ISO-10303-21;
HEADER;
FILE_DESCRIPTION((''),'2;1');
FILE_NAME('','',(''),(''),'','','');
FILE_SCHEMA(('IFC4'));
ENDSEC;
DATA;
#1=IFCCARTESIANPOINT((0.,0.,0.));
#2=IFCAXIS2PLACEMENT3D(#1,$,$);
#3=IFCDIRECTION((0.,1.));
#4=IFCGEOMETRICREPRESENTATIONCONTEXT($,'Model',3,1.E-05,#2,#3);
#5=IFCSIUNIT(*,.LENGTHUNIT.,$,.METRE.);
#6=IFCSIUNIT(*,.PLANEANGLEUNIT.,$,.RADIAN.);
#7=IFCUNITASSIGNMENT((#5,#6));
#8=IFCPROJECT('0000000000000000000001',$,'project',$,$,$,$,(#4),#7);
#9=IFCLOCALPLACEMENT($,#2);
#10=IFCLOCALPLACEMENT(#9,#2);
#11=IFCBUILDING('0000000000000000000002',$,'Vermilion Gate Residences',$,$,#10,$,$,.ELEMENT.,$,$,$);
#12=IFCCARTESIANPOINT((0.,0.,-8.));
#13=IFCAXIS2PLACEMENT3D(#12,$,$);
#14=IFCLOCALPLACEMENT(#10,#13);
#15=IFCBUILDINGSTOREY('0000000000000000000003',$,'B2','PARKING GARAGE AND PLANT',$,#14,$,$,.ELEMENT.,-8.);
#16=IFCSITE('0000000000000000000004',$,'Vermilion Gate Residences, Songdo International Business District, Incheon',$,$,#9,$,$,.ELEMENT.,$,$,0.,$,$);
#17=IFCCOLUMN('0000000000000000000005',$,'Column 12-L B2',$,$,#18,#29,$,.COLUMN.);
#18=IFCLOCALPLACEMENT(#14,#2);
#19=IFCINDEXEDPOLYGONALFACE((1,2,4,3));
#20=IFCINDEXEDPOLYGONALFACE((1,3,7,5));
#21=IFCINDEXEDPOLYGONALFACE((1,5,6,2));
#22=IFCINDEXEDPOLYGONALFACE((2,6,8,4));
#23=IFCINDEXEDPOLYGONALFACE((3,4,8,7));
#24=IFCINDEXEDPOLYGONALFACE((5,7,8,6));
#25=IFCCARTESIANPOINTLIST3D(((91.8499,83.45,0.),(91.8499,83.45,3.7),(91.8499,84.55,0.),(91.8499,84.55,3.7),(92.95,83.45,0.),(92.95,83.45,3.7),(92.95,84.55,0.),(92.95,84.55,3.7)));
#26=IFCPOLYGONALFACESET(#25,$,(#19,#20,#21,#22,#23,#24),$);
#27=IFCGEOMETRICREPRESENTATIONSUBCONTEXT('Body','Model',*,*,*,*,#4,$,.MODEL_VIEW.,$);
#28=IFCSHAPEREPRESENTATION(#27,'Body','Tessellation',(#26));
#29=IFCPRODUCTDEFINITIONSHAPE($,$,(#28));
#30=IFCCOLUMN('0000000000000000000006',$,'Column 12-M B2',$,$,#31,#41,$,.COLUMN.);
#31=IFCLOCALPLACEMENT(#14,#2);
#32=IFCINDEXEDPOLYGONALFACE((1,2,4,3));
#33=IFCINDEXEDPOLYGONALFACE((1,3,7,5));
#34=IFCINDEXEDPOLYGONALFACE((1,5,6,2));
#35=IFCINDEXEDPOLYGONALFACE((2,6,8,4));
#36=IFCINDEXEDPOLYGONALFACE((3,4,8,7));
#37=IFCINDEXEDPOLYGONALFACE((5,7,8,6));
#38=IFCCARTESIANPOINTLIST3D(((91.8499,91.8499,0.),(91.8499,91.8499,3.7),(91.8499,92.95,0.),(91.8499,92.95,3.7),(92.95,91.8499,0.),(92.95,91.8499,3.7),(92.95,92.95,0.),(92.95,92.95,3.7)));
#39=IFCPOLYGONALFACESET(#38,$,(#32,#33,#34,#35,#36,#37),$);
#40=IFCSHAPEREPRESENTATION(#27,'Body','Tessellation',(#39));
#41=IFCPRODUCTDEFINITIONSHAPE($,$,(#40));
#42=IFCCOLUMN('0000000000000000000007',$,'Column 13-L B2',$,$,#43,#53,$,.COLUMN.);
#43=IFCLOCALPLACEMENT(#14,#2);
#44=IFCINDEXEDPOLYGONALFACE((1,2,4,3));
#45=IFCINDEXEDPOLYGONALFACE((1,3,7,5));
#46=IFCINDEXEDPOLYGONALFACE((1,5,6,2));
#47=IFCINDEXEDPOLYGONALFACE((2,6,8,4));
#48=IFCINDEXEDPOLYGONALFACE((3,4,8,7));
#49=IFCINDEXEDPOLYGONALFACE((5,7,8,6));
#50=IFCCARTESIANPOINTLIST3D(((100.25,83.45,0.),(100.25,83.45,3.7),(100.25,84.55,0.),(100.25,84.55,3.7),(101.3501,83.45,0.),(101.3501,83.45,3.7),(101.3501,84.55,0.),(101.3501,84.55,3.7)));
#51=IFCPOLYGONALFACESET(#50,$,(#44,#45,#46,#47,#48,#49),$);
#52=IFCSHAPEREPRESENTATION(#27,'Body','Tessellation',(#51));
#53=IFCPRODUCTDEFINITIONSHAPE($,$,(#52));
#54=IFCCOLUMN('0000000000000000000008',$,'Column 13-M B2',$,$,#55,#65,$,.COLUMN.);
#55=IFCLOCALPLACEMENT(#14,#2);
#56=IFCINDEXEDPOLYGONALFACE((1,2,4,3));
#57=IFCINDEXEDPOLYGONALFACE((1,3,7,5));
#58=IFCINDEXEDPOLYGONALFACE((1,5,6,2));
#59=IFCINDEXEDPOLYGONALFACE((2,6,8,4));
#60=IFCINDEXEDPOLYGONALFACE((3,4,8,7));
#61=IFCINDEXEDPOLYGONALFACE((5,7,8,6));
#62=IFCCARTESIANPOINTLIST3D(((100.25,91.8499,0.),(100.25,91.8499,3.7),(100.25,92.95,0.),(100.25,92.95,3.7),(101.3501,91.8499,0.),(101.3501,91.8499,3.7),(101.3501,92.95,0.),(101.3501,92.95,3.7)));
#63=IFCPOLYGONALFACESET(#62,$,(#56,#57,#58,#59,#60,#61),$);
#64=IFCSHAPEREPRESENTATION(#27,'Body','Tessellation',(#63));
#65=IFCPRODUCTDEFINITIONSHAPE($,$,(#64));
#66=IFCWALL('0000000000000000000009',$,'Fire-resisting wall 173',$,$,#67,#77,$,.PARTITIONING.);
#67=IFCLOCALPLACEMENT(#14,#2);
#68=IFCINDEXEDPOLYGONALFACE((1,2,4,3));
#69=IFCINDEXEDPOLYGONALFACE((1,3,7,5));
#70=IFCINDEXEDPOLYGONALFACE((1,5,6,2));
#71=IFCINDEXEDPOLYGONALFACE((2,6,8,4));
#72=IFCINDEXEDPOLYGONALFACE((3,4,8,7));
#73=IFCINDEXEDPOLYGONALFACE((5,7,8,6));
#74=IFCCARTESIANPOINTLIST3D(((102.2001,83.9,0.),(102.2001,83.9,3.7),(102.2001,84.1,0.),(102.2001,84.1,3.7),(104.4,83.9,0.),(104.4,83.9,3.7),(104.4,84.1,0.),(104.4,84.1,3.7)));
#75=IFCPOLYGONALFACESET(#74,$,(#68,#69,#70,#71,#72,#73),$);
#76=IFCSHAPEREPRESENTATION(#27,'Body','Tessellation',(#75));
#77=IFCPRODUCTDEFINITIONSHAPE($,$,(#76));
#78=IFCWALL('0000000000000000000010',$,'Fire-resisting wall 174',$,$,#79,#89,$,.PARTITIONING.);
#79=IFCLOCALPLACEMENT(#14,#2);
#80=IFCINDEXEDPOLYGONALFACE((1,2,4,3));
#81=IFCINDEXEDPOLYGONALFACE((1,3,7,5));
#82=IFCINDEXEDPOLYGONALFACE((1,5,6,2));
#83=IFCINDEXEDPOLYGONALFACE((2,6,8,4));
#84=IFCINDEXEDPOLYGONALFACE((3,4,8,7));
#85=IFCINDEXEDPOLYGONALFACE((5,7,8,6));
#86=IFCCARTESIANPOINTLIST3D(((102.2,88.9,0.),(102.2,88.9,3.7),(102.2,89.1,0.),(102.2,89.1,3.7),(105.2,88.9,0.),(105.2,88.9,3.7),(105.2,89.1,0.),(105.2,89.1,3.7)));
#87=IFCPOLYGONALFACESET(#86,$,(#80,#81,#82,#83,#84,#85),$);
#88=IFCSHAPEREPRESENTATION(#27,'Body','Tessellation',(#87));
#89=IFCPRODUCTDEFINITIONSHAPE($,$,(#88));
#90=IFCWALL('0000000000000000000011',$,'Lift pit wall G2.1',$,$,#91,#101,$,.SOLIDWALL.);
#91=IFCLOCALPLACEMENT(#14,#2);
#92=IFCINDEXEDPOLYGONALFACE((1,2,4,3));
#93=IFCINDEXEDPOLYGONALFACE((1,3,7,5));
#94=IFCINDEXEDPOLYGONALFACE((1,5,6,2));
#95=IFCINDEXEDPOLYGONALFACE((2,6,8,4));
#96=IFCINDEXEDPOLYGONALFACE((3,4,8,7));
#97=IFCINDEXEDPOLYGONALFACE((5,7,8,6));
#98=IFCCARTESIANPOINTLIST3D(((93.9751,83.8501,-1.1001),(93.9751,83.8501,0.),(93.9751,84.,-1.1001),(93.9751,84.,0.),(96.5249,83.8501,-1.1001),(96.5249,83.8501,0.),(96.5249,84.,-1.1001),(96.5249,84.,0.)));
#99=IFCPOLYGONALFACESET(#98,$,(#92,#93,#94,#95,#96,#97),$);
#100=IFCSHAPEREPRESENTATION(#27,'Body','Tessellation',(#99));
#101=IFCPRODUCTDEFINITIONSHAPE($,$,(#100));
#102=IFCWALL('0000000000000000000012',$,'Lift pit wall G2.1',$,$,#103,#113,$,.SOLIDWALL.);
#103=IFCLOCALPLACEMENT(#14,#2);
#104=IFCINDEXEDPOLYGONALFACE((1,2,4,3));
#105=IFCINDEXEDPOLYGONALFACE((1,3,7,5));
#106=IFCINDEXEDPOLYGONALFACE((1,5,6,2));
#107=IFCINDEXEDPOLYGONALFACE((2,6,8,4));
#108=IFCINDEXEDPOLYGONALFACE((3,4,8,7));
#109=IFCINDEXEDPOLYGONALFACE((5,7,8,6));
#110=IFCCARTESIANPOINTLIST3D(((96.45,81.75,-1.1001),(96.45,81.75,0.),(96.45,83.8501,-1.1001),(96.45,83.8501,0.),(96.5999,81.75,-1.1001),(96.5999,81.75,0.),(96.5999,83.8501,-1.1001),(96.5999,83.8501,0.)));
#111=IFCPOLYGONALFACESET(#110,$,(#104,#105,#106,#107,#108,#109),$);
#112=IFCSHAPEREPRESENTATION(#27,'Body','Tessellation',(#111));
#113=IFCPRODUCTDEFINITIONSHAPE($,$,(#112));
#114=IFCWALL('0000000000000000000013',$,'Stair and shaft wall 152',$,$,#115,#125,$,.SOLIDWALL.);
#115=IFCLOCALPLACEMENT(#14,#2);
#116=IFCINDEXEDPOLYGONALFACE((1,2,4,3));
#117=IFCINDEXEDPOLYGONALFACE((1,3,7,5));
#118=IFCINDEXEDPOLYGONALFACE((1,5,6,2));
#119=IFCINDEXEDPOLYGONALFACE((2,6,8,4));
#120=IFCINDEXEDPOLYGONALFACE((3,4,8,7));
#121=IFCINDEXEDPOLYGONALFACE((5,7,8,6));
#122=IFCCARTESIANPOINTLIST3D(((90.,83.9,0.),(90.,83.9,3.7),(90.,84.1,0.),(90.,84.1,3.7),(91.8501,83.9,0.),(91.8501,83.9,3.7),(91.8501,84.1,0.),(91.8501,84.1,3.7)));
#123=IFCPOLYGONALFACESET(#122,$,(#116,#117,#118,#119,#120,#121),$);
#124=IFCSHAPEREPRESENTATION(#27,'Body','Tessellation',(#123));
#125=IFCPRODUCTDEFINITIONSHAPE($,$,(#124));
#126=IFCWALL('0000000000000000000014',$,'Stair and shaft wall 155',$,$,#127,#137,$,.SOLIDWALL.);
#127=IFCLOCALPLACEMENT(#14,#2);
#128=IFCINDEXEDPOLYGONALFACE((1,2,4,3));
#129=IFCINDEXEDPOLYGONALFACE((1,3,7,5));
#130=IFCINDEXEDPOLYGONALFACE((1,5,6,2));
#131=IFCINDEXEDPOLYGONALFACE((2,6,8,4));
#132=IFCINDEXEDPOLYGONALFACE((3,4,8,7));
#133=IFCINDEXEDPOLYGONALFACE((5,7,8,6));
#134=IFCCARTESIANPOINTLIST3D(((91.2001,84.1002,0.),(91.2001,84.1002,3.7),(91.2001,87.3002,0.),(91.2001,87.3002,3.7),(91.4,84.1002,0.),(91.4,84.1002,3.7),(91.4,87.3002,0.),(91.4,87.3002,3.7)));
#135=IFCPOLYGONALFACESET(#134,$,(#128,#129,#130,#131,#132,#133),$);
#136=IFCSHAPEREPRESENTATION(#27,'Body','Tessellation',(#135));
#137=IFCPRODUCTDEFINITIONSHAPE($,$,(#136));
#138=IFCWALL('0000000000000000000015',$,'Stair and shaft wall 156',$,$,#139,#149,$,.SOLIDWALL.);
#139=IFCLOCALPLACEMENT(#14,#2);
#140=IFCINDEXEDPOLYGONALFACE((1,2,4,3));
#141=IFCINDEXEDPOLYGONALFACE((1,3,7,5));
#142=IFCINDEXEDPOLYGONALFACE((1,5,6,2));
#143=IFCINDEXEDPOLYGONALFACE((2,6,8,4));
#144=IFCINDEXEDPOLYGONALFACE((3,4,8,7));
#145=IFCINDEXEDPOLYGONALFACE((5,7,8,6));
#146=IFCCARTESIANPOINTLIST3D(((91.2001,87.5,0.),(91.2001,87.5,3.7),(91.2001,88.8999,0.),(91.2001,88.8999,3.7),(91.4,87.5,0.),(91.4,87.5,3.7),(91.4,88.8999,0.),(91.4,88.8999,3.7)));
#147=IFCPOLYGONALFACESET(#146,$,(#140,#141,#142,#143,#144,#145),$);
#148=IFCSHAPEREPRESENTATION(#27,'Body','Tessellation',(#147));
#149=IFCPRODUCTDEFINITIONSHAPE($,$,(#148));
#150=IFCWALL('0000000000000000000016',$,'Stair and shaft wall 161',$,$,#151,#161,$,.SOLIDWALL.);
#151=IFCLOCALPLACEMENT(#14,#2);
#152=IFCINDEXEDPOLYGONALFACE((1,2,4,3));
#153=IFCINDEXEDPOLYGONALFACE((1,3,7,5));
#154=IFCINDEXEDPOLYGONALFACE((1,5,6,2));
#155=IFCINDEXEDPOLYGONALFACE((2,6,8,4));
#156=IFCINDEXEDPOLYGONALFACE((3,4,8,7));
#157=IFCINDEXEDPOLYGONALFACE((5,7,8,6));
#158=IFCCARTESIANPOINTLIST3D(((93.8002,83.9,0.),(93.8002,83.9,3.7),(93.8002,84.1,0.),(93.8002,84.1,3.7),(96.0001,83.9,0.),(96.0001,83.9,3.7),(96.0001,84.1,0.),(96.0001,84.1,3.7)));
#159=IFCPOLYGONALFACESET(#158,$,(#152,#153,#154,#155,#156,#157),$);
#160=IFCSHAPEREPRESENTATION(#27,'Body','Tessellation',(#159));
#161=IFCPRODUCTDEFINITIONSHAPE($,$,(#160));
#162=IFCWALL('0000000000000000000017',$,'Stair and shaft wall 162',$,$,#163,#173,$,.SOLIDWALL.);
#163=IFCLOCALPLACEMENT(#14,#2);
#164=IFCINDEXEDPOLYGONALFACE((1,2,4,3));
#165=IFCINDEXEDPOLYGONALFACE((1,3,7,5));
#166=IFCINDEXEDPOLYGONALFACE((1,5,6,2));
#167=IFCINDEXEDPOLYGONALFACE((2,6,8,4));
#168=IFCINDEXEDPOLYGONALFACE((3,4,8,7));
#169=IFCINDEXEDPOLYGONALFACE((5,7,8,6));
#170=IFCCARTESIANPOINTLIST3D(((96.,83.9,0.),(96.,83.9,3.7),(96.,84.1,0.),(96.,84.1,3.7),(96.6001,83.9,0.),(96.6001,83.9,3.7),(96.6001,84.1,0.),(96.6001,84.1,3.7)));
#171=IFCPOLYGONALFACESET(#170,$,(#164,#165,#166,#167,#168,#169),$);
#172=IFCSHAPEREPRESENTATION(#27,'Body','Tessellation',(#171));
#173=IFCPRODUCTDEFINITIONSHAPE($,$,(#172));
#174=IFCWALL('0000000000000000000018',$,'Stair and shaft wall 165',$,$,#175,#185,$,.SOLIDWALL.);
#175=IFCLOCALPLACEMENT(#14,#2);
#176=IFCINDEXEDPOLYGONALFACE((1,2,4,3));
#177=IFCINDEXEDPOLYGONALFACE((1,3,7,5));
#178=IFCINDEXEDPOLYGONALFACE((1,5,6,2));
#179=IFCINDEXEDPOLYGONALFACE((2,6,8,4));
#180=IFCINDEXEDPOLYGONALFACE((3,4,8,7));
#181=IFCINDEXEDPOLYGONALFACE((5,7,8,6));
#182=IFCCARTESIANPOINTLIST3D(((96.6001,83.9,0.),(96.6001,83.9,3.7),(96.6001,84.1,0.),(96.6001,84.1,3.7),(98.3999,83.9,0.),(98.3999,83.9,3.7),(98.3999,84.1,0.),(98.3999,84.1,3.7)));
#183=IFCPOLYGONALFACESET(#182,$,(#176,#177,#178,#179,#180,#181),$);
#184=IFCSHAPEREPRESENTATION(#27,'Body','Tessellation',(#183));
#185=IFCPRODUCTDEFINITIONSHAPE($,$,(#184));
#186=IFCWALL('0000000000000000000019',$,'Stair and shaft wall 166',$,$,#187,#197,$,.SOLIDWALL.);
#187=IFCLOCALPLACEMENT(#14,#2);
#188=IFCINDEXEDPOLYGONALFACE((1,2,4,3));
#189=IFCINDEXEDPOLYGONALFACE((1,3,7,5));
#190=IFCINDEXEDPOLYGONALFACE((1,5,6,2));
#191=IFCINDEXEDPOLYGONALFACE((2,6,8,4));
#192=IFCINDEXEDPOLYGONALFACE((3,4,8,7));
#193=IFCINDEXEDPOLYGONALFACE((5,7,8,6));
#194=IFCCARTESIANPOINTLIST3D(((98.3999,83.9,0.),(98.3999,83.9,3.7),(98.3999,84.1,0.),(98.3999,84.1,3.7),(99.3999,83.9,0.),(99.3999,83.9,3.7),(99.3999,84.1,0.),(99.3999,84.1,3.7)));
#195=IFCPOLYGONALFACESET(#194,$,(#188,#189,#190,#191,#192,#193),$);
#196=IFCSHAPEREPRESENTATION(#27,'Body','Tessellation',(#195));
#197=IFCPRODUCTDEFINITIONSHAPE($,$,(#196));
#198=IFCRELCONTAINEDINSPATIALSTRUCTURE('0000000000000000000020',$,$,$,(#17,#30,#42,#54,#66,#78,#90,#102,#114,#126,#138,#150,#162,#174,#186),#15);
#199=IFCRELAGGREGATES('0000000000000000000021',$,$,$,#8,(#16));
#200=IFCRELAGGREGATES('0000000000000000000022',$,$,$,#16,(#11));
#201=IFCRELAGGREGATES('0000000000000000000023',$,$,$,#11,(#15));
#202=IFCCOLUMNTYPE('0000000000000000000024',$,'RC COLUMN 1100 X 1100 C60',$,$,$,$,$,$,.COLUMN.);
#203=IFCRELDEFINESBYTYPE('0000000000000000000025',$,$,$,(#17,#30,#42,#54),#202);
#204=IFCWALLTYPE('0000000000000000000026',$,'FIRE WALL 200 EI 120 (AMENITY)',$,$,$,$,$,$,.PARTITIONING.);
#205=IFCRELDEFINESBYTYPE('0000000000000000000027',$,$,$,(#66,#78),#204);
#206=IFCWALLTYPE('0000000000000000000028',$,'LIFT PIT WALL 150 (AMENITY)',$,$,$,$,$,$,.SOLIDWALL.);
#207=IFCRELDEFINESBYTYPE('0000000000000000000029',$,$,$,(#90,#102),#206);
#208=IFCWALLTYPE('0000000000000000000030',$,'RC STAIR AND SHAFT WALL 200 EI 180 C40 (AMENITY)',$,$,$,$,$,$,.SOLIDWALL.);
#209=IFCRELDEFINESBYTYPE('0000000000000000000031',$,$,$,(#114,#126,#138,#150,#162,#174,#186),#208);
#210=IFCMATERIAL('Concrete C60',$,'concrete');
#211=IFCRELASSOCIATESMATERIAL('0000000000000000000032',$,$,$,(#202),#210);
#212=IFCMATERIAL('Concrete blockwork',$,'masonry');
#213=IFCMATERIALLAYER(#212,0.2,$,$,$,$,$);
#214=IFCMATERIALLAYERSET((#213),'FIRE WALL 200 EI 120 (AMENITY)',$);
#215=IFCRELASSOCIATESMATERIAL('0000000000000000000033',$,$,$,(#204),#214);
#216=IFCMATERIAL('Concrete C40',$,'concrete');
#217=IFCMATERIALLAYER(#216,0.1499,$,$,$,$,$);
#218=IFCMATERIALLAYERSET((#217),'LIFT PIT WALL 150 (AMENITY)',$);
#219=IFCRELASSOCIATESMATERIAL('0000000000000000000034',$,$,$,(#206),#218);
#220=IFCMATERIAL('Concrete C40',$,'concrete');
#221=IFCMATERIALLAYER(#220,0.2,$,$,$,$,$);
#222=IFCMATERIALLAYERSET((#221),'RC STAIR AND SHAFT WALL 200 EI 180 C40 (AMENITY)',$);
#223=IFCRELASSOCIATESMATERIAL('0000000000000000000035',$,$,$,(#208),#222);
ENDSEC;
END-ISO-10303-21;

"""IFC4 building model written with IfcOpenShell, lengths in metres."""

from ifc_helpers import new_model, si_unit, direction, frame, frame_2d, origin, origin_2d, place, context, subcontext, project, spatial, rectangle, extrude, material, layer, layer_set, material_profile, profile_set, type_object, element, save


model = new_model("IFC4")

# Units and contexts
model_context = context("Model", 3, precision=1e-05, world=origin(), true_north=direction((0.0, 1.0)))
body_context = subcontext(model_context, "Body", "Model", "MODEL_VIEW")
ifc_project = project(units=[si_unit("LENGTHUNIT", "METRE"), si_unit("PLANEANGLEUNIT", "RADIAN")], contexts=[model_context])

# Site, building, storey
site_placement = place(None, origin())
site = spatial("IfcSite", under=ifc_project, at=site_placement, Name="Vermilion Gate Residences, Songdo International Business District, Incheon", CompositionType="ELEMENT", RefElevation=0.0)
building_placement = place(site_placement, origin())
building = spatial("IfcBuilding", under=site, at=building_placement, Name="Vermilion Gate Residences", CompositionType="ELEMENT")
storey_placement = place(building_placement, frame((0.0, 0.0, -8.0)))
storey = spatial("IfcBuildingStorey", under=building, at=storey_placement, Name="B2", Description="PARKING GARAGE AND PLANT", CompositionType="ELEMENT", Elevation=-8.0)

# Columns
ifc_material_1 = material(Name="Concrete C60", Category="concrete")
ifc_material_profile_1 = material_profile(ifc_material_1, rectangle(XDim=1.1001, YDim=1.1001, at=origin_2d()), Name="RC-1100x1100")
ifc_profile_set_1 = profile_set([ifc_material_profile_1], Name="Concrete C60")
column_type = type_object("IfcColumnType", Name="RC COLUMN 1100 X 1100 C60", PredefinedType="COLUMN", material=ifc_profile_set_1)
for number, where, z_axis, x_axis, name in (
    (1, (92.3999, 84.0, 0.0), (0.0, 0.0, 1.0), (1.0, 0.0, 0.0), "Column 12-L B2"),
    (2, (92.3999, 92.3999, 0.0), (0.0, 0.0, 1.0), (1.0, 0.0, 0.0), "Column 12-M B2"),
    (3, (100.8, 84.0, 0.0), (0.0, 0.0, 1.0), (1.0, 0.0, 0.0), "Column 13-L B2"),
    (4, (100.8, 92.3999, 0.0), (0.0, 0.0, 1.0), (1.0, 0.0, 0.0), "Column 13-M B2"),
):
    element("IfcColumn", number, at=place(storey_placement, frame(where, z_axis=z_axis, x_axis=x_axis)), inside=storey, type_object=column_type, Name=name, PredefinedType="COLUMN", context=body_context, shape_type="SweptSolid", body=[
        extrude(rectangle(XDim=1.1001, YDim=1.1001, at=origin_2d()), origin(), (0.0, 0.0, 1.0), 3.7),
    ])

# Walls
ifc_material_2 = material(Name="Concrete blockwork", Category="masonry")
ifc_layer_1 = layer(ifc_material_2, 0.2)
ifc_layer_set_1 = layer_set([ifc_layer_1], Name="FIRE WALL 200 EI 120 (AMENITY)")
wall_type_1 = type_object("IfcWallType", Name="FIRE WALL 200 EI 120 (AMENITY)", PredefinedType="PARTITIONING", material=ifc_layer_set_1)
wall_1_placement = place(storey_placement, frame((102.2, 84.0, 0.0), z_axis=(0.0, 0.0, 1.0), x_axis=(1.0, 0.0, 0.0)))
element("IfcWall", 5, at=wall_1_placement, inside=storey, type_object=wall_type_1, Name="Fire-resisting wall 173", PredefinedType="PARTITIONING", context=body_context, shape_type="SweptSolid", body=[
    extrude(rectangle(XDim=2.2, YDim=0.2, at=frame_2d((1.1001, 0.0))), origin(), (0.0, 0.0, 1.0), 3.7),
])
wall_2_placement = place(storey_placement, frame((102.2, 89.0, 0.0), z_axis=(0.0, 0.0, 1.0), x_axis=(1.0, 0.0, 0.0)))
element("IfcWall", 6, at=wall_2_placement, inside=storey, type_object=wall_type_1, Name="Fire-resisting wall 174", PredefinedType="PARTITIONING", context=body_context, shape_type="SweptSolid", body=[
    extrude(rectangle(XDim=3.0, YDim=0.2, at=frame_2d((1.5, 0.0))), origin(), (0.0, 0.0, 1.0), 3.7),
])
ifc_material_3 = material(Name="Concrete C40", Category="concrete")
ifc_layer_2 = layer(ifc_material_3, 0.1499)
ifc_layer_set_2 = layer_set([ifc_layer_2], Name="LIFT PIT WALL 150 (AMENITY)")
wall_type_2 = type_object("IfcWallType", Name="LIFT PIT WALL 150 (AMENITY)", PredefinedType="SOLIDWALL", material=ifc_layer_set_2)
wall_3_placement = place(storey_placement, frame((93.9751, 83.925, -1.1001), z_axis=(0.0, 0.0, 1.0), x_axis=(1.0, 0.0, 0.0)))
element("IfcWall", 7, at=wall_3_placement, inside=storey, type_object=wall_type_2, Name="Lift pit wall G2.1", PredefinedType="SOLIDWALL", context=body_context, shape_type="SweptSolid", body=[
    extrude(rectangle(XDim=2.5498, YDim=0.1499, at=frame_2d((1.2749, 0.0))), origin(), (0.0, 0.0, 1.0), 1.1001),
])
wall_4_placement = place(storey_placement, frame((96.5249, 81.75, -1.1001), z_axis=(0.0, 0.0, 1.0), x_axis=(0.0, 1.0, 0.0)))
element("IfcWall", 8, at=wall_4_placement, inside=storey, type_object=wall_type_2, Name="Lift pit wall G2.1", PredefinedType="SOLIDWALL", context=body_context, shape_type="SweptSolid", body=[
    extrude(rectangle(XDim=2.1001, YDim=0.1499, at=frame_2d((1.05, 0.0))), origin(), (0.0, 0.0, 1.0), 1.1001),
])
ifc_material_4 = material(Name="Concrete C40", Category="concrete")
ifc_layer_3 = layer(ifc_material_4, 0.2)
ifc_layer_set_3 = layer_set([ifc_layer_3], Name="RC STAIR AND SHAFT WALL 200 EI 180 C40 (AMENITY)")
wall_type_3 = type_object("IfcWallType", Name="RC STAIR AND SHAFT WALL 200 EI 180 C40 (AMENITY)", PredefinedType="SOLIDWALL", material=ifc_layer_set_3)
wall_5_placement = place(storey_placement, frame((90.0, 84.0, 0.0), z_axis=(0.0, 0.0, 1.0), x_axis=(1.0, 0.0, 0.0)))
element("IfcWall", 9, at=wall_5_placement, inside=storey, type_object=wall_type_3, Name="Stair and shaft wall 152", PredefinedType="SOLIDWALL", context=body_context, shape_type="SweptSolid", body=[
    extrude(rectangle(XDim=1.8501, YDim=0.2, at=frame_2d((0.925, 0.0))), origin(), (0.0, 0.0, 1.0), 3.7),
])
wall_6_placement = place(storey_placement, frame((91.3, 84.1001, 0.0), z_axis=(0.0, 0.0, 1.0), x_axis=(0.0, 1.0, 0.0)))
element("IfcWall", 10, at=wall_6_placement, inside=storey, type_object=wall_type_3, Name="Stair and shaft wall 155", PredefinedType="SOLIDWALL", context=body_context, shape_type="SweptSolid", body=[
    extrude(rectangle(XDim=3.2, YDim=0.2, at=frame_2d((1.6001, 0.0))), origin(), (0.0, 0.0, 1.0), 3.7),
])
wall_7_placement = place(storey_placement, frame((91.3, 87.5, 0.0), z_axis=(0.0, 0.0, 1.0), x_axis=(0.0, 1.0, 0.0)))
element("IfcWall", 11, at=wall_7_placement, inside=storey, type_object=wall_type_3, Name="Stair and shaft wall 156", PredefinedType="SOLIDWALL", context=body_context, shape_type="SweptSolid", body=[
    extrude(rectangle(XDim=1.3999, YDim=0.2, at=frame_2d((0.7, 0.0))), origin(), (0.0, 0.0, 1.0), 3.7),
])
wall_8_placement = place(storey_placement, frame((93.8, 84.0, 0.0), z_axis=(0.0, 0.0, 1.0), x_axis=(1.0, 0.0, 0.0)))
element("IfcWall", 12, at=wall_8_placement, inside=storey, type_object=wall_type_3, Name="Stair and shaft wall 161", PredefinedType="SOLIDWALL", context=body_context, shape_type="SweptSolid", body=[
    extrude(rectangle(XDim=2.2, YDim=0.2, at=frame_2d((1.1001, 0.0))), origin(), (0.0, 0.0, 1.0), 3.7),
])
wall_9_placement = place(storey_placement, frame((96.0, 84.0, 0.0), z_axis=(0.0, 0.0, 1.0), x_axis=(1.0, 0.0, 0.0)))
element("IfcWall", 13, at=wall_9_placement, inside=storey, type_object=wall_type_3, Name="Stair and shaft wall 162", PredefinedType="SOLIDWALL", context=body_context, shape_type="SweptSolid", body=[
    extrude(rectangle(XDim=0.6001, YDim=0.2, at=frame_2d((0.3, 0.0))), origin(), (0.0, 0.0, 1.0), 3.7),
])
wall_10_placement = place(storey_placement, frame((96.6001, 84.0, 0.0), z_axis=(0.0, 0.0, 1.0), x_axis=(1.0, 0.0, 0.0)))
element("IfcWall", 14, at=wall_10_placement, inside=storey, type_object=wall_type_3, Name="Stair and shaft wall 165", PredefinedType="SOLIDWALL", context=body_context, shape_type="SweptSolid", body=[
    extrude(rectangle(XDim=1.7998, YDim=0.2, at=frame_2d((0.8999, 0.0))), origin(), (0.0, 0.0, 1.0), 3.7),
])
wall_11_placement = place(storey_placement, frame((98.3999, 84.0, 0.0), z_axis=(0.0, 0.0, 1.0), x_axis=(1.0, 0.0, 0.0)))
element("IfcWall", 15, at=wall_11_placement, inside=storey, type_object=wall_type_3, Name="Stair and shaft wall 166", PredefinedType="SOLIDWALL", context=body_context, shape_type="SweptSolid", body=[
    extrude(rectangle(XDim=1.0, YDim=0.2, at=frame_2d((0.5, 0.0))), origin(), (0.0, 0.0, 1.0), 3.7),
])

save(model, "model.ifc")
